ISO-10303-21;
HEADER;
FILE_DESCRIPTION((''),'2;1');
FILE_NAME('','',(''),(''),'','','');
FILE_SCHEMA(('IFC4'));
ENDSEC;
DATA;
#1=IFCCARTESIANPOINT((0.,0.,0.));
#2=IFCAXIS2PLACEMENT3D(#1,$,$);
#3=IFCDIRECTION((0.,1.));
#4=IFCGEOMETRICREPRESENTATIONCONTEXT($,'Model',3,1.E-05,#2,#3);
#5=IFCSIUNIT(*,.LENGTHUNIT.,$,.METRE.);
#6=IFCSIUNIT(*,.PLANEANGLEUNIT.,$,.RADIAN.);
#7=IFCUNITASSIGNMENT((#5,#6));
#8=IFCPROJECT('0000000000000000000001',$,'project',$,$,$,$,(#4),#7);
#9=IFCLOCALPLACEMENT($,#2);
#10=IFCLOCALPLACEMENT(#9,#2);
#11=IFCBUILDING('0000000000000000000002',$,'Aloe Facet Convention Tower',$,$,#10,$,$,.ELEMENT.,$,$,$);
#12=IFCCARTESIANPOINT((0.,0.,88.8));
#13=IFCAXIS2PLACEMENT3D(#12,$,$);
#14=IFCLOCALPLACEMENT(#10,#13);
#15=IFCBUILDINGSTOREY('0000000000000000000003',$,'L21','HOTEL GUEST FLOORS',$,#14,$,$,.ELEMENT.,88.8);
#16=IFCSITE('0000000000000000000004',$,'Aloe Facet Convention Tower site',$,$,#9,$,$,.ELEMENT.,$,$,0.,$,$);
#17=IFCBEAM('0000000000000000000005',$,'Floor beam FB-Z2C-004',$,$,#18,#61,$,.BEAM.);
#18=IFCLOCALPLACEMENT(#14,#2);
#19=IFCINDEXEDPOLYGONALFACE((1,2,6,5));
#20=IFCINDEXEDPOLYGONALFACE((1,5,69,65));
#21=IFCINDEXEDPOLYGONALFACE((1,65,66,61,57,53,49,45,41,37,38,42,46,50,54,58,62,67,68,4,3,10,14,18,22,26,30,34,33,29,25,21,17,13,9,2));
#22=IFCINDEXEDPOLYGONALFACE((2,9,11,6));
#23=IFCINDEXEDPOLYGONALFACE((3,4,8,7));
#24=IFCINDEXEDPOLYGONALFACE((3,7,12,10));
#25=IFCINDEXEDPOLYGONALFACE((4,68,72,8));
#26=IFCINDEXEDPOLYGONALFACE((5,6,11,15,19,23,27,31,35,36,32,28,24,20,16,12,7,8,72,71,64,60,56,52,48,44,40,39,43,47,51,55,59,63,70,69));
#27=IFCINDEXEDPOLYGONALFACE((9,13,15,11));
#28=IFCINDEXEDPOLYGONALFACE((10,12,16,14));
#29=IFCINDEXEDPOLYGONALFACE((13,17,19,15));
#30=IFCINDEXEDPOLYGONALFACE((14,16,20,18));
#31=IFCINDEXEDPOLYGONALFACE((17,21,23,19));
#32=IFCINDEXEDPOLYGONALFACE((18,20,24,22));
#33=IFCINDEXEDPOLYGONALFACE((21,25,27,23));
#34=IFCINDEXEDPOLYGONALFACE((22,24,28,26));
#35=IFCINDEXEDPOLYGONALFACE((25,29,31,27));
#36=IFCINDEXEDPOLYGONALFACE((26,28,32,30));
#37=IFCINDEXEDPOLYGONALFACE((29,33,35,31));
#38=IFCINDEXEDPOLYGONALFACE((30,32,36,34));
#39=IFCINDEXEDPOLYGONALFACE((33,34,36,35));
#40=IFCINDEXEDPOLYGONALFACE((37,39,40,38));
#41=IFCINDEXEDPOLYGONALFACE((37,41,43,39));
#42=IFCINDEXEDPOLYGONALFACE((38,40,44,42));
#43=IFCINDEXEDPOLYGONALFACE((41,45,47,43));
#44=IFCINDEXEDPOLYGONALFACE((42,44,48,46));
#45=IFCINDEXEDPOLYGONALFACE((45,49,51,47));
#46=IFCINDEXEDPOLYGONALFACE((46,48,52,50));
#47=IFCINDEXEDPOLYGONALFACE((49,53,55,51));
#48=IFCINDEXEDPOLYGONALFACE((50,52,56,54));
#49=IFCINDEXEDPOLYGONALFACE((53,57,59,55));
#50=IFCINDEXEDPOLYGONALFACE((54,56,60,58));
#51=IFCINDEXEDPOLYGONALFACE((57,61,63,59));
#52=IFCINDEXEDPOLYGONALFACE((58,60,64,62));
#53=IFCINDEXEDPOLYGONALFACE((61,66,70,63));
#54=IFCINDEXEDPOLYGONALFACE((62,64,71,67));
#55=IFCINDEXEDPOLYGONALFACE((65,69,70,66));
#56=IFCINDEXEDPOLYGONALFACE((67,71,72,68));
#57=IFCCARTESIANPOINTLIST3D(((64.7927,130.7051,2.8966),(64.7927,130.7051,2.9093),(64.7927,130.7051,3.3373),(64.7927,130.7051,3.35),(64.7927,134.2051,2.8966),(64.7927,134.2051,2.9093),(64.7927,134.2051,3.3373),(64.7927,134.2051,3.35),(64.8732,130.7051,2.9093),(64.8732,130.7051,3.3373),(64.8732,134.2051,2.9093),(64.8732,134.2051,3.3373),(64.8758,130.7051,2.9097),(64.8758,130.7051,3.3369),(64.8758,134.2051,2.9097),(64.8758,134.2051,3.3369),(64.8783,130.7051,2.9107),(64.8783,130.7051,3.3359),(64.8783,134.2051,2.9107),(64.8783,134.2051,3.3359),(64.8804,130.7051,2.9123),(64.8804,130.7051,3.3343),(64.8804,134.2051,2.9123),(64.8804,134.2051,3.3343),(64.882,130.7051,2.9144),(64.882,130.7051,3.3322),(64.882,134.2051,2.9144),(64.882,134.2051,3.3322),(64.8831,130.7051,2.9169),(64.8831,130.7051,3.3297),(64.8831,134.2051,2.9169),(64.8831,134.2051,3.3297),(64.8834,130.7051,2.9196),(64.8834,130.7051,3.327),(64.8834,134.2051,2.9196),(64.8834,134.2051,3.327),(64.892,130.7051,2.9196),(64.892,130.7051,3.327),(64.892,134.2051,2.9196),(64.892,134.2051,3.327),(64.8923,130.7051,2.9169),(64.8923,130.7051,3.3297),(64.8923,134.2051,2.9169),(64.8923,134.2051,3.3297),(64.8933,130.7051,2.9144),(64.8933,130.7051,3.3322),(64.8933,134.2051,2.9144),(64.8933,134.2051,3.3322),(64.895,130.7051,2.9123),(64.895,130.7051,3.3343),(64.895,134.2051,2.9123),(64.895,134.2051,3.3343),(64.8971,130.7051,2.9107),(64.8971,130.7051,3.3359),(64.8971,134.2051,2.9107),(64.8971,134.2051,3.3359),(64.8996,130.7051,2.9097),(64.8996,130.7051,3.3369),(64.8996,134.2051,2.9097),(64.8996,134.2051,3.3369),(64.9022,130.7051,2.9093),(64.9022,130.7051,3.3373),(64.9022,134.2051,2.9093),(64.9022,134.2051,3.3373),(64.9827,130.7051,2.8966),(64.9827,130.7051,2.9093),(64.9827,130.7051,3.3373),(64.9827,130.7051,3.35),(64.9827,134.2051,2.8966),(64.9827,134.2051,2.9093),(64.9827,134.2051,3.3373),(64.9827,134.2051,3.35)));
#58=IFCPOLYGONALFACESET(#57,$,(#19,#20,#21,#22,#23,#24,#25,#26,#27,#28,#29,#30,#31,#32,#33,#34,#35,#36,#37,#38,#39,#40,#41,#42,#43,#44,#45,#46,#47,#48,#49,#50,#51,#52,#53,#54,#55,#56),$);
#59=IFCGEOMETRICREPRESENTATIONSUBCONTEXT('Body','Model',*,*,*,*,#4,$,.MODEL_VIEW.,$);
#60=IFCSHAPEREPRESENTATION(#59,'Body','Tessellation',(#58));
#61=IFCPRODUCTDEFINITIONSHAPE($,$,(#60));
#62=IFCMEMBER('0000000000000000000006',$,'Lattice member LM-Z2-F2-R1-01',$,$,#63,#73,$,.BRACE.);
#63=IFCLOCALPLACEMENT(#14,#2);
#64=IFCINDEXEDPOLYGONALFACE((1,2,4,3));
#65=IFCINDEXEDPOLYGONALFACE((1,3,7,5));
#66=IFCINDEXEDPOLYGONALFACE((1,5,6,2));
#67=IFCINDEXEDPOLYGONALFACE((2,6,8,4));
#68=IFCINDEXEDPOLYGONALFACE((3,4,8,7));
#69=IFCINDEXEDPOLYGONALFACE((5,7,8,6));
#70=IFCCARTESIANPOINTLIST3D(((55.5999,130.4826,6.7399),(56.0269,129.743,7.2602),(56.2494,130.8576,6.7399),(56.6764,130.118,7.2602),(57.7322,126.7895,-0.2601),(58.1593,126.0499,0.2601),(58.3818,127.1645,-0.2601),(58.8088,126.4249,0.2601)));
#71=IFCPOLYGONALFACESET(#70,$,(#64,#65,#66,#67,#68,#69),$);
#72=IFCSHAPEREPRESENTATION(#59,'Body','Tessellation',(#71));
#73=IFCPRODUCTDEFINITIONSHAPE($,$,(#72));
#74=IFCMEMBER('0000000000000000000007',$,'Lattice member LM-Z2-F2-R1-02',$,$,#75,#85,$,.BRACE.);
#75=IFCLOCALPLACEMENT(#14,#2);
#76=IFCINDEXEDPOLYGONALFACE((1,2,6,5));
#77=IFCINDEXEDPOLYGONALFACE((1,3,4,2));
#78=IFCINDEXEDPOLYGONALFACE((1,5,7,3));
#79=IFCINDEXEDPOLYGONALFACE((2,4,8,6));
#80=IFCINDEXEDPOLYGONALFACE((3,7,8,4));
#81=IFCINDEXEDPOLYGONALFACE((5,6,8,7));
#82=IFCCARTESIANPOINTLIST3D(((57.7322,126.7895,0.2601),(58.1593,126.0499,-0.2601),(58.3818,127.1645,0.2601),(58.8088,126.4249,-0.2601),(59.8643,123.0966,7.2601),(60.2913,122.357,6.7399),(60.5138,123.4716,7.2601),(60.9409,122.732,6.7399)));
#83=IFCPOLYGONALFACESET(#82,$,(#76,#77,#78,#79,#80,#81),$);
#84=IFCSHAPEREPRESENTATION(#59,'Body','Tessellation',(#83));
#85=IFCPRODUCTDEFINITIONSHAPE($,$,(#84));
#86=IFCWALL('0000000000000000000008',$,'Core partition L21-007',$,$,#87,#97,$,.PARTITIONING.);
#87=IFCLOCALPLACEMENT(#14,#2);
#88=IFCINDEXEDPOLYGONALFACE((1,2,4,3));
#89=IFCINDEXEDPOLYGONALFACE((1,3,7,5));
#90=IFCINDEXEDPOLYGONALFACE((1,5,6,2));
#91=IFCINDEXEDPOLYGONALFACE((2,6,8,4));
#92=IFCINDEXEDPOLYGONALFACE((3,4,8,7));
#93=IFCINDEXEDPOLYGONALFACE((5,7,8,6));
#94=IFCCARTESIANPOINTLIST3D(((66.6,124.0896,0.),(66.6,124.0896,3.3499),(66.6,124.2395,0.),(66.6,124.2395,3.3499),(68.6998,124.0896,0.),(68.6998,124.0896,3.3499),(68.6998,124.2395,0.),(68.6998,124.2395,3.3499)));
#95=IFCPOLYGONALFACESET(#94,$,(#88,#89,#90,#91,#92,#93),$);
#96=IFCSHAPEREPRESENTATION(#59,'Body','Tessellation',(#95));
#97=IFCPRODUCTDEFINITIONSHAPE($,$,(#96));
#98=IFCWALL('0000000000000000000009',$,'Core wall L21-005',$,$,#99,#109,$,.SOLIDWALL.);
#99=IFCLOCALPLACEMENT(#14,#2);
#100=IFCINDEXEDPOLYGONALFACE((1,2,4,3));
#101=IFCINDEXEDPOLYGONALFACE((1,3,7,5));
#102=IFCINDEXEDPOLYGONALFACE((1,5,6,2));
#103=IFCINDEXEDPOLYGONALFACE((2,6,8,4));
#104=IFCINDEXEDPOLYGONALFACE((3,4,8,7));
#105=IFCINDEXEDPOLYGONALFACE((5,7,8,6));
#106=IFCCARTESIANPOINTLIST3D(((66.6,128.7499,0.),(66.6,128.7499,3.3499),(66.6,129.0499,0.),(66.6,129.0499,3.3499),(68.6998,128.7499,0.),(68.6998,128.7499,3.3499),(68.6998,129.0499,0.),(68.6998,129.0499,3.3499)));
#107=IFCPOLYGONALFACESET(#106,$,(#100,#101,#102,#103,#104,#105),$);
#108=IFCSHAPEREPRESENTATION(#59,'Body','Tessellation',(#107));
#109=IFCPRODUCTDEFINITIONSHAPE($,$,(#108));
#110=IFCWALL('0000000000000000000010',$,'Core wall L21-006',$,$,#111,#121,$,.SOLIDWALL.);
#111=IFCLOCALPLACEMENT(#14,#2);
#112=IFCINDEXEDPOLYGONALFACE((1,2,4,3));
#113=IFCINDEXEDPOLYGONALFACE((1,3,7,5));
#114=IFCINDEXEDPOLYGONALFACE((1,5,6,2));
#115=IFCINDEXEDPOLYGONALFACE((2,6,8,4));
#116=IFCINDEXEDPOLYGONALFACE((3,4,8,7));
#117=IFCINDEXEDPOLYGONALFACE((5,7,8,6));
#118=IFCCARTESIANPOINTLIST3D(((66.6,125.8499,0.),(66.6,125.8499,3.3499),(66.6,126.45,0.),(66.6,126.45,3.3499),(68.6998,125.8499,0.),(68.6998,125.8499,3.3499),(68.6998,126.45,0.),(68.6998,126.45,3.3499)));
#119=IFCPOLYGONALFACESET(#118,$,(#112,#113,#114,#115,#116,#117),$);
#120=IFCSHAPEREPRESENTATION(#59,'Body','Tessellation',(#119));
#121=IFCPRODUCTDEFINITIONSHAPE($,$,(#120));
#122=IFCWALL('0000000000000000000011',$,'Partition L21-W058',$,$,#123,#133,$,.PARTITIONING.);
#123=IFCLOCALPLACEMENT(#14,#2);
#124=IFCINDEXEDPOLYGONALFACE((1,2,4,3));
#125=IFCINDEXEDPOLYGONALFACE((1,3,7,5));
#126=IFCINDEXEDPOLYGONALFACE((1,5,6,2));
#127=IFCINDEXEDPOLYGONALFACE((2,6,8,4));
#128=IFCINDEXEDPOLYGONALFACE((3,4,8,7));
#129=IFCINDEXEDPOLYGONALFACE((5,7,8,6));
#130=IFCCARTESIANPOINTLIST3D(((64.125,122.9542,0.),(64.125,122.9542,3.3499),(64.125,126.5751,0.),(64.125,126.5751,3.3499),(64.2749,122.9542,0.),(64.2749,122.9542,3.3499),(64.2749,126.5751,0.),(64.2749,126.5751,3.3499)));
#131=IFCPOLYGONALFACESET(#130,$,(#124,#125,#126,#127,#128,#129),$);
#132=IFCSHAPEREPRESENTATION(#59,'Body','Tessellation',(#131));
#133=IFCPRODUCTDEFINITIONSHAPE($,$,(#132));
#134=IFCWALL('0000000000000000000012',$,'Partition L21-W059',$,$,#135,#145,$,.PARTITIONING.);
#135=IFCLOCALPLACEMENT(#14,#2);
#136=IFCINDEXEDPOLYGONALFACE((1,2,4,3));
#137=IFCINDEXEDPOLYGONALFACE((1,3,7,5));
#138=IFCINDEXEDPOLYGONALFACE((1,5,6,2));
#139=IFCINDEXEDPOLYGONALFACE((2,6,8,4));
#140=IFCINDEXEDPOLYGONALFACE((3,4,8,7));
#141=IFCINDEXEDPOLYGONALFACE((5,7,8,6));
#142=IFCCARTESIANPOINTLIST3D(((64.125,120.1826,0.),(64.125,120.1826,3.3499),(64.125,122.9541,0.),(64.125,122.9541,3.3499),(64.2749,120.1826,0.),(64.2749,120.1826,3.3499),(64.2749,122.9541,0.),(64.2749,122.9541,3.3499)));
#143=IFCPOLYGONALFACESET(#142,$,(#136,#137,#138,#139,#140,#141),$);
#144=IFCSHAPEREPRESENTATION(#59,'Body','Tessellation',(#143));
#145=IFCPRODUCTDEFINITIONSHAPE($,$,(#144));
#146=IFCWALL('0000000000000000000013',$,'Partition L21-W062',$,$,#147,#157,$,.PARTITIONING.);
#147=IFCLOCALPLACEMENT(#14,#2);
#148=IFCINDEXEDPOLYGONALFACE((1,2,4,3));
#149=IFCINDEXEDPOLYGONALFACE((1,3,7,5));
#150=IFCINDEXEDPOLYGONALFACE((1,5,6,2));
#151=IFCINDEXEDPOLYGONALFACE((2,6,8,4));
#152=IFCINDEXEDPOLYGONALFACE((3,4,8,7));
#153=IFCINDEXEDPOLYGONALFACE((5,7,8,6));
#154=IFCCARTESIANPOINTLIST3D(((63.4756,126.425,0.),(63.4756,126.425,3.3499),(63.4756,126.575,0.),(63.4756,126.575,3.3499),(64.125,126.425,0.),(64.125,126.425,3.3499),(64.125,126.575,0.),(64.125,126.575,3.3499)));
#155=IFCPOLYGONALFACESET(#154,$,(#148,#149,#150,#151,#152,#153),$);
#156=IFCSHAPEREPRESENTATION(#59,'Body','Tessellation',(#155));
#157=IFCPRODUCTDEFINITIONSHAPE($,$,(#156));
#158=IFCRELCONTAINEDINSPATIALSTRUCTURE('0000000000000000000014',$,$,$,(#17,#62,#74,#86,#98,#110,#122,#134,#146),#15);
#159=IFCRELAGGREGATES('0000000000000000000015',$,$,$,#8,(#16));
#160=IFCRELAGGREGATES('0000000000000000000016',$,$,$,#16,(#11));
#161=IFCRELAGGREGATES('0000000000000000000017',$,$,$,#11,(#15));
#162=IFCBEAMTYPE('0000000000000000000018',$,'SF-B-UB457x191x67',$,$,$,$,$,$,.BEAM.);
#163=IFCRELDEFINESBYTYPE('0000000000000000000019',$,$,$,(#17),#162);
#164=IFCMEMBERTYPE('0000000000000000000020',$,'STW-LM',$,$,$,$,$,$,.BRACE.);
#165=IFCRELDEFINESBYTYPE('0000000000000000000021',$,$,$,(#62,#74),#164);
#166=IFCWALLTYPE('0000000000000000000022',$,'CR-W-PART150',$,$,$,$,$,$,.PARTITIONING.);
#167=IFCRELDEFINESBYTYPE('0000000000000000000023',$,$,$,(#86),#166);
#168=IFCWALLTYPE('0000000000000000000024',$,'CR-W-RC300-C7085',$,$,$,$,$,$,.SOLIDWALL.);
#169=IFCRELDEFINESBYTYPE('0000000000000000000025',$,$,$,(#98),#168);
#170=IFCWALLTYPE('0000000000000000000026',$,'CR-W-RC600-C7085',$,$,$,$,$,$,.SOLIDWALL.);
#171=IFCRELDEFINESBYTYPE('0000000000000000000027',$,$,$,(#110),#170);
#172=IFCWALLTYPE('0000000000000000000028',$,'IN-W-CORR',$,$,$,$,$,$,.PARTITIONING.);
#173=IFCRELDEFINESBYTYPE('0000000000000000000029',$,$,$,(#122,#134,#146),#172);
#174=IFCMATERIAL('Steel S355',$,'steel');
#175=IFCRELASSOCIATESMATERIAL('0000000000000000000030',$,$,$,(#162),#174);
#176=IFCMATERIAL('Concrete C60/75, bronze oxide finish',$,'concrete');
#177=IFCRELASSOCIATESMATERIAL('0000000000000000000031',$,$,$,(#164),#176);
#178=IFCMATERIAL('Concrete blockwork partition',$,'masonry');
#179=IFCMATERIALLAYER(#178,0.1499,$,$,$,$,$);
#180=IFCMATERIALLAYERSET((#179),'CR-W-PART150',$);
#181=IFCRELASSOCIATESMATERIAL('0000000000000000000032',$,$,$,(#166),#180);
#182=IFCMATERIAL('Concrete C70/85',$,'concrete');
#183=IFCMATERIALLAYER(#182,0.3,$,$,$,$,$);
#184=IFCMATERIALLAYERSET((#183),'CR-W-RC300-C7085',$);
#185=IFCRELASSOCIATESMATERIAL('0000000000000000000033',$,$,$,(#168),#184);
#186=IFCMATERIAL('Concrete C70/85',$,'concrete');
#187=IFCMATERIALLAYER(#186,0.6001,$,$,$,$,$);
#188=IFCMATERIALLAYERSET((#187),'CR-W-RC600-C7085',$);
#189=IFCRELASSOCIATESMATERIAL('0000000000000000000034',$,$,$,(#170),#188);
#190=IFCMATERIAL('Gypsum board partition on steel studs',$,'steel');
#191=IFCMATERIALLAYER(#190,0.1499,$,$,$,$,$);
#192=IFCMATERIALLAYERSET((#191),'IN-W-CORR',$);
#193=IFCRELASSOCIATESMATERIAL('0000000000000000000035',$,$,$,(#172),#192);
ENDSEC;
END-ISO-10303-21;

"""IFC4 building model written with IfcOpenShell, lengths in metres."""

from ifc_helpers import new_model, si_unit, direction, frame, frame_2d, origin, origin_2d, place, context, subcontext, project, spatial, rectangle, i_section, extrude, material, layer, layer_set, material_profile, profile_set, type_object, element, save


model = new_model("IFC4")

# Units and contexts
model_context = context("Model", 3, precision=1e-05, world=origin(), true_north=direction((0.0, 1.0)))
body_context = subcontext(model_context, "Body", "Model", "MODEL_VIEW")
ifc_project = project(units=[si_unit("LENGTHUNIT", "METRE"), si_unit("PLANEANGLEUNIT", "RADIAN")], contexts=[model_context])

# Site, building, storey
site_placement = place(None, origin())
site = spatial("IfcSite", under=ifc_project, at=site_placement, Name="Aloe Facet Convention Tower site", CompositionType="ELEMENT", RefElevation=0.0)
building_placement = place(site_placement, origin())
building = spatial("IfcBuilding", under=site, at=building_placement, Name="Aloe Facet Convention Tower", CompositionType="ELEMENT")
storey_placement = place(building_placement, frame((0.0, 0.0, 88.8)))
storey = spatial("IfcBuildingStorey", under=building, at=storey_placement, Name="L21", Description="HOTEL GUEST FLOORS", CompositionType="ELEMENT", Elevation=88.8)

# Beam
ifc_material_1 = material(Name="Steel S355", Category="steel")
ifc_material_profile_1 = material_profile(ifc_material_1, i_section(OverallWidth=0.1899, OverallDepth=0.4534, WebThickness=0.0085, FlangeThickness=0.0127, FilletRadius=0.0103, at=origin_2d()), Name="UB 457x191x67")
ifc_profile_set_1 = profile_set([ifc_material_profile_1], Name="Steel S355")
beam_type_1 = type_object("IfcBeamType", Name="SF-B-UB457x191x67", PredefinedType="BEAM", material=ifc_profile_set_1)
beam_1_placement = place(storey_placement, frame((64.8877, 130.7051, 3.1233), z_axis=(0.0, 1.0, 0.0), x_axis=(-1.0, 0.0, 0.0)))
element("IfcBeam", 1, at=beam_1_placement, inside=storey, type_object=beam_type_1, Name="Floor beam FB-Z2C-004", PredefinedType="BEAM", context=body_context, shape_type="SweptSolid", body=[
    extrude(i_section(OverallWidth=0.1899, OverallDepth=0.4534, WebThickness=0.0085, FlangeThickness=0.0127, FilletRadius=0.0103, at=origin_2d()), origin(), (0.0, 0.0, 1.0), 3.5),
])

# Members
ifc_material_2 = material(Name="Concrete C60/75, bronze oxide finish", Category="concrete")
ifc_material_profile_2 = material_profile(ifc_material_2, rectangle(XDim=0.75, YDim=1.0, at=origin_2d()), Name="STW-LM")
ifc_profile_set_2 = profile_set([ifc_material_profile_2], Name="Concrete C60/75, bronze oxide finish")
member_type = type_object("IfcMemberType", Name="STW-LM", PredefinedType="BRACE", material=ifc_profile_set_2)
member_1_placement = place(storey_placement, frame((58.2705, 126.6072, 0.0), z_axis=(-0.260144, 0.450561, 0.854002), x_axis=(-0.866015, -0.500018, 0.0)))
element("IfcMember", 2, at=member_1_placement, inside=storey, type_object=member_type, Name="Lattice member LM-Z2-F2-R1-01", PredefinedType="BRACE", context=body_context, shape_type="SweptSolid", body=[
    extrude(rectangle(XDim=0.75, YDim=1.0, at=origin_2d()), origin(), (0.0, 0.0, 1.0), 8.1968),
])
member_2_placement = place(storey_placement, frame((58.2705, 126.6072, 0.0), z_axis=(0.26012, -0.450541, 0.85402), x_axis=(0.866025, 0.5, 0.0)))
element("IfcMember", 3, at=member_2_placement, inside=storey, type_object=member_type, Name="Lattice member LM-Z2-F2-R1-02", PredefinedType="BRACE", context=body_context, shape_type="SweptSolid", body=[
    extrude(rectangle(XDim=0.75, YDim=1.0, at=origin_2d()), origin(), (0.0, 0.0, 1.0), 8.1965),
])

# Walls
ifc_material_3 = material(Name="Concrete blockwork partition", Category="masonry")
ifc_layer_1 = layer(ifc_material_3, 0.1499)
ifc_layer_set_1 = layer_set([ifc_layer_1], Name="CR-W-PART150")
wall_type_1 = type_object("IfcWallType", Name="CR-W-PART150", PredefinedType="PARTITIONING", material=ifc_layer_set_1)
wall_1_placement = place(storey_placement, frame((66.6001, 124.1646, 0.0), z_axis=(0.0, 0.0, 1.0), x_axis=(1.0, 0.0, 0.0)))
element("IfcWall", 4, at=wall_1_placement, inside=storey, type_object=wall_type_1, Name="Core partition L21-007", PredefinedType="PARTITIONING", context=body_context, shape_type="SweptSolid", body=[
    extrude(rectangle(XDim=2.0999, YDim=0.1499, at=frame_2d((1.0498, 0.0))), origin(), (0.0, 0.0, 1.0), 3.3499),
])
ifc_material_4 = material(Name="Concrete C70/85", Category="concrete")
ifc_layer_2 = layer(ifc_material_4, 0.3)
ifc_layer_set_2 = layer_set([ifc_layer_2], Name="CR-W-RC300-C7085")
wall_type_2 = type_object("IfcWallType", Name="CR-W-RC300-C7085", PredefinedType="SOLIDWALL", material=ifc_layer_set_2)
wall_2_placement = place(storey_placement, frame((66.6001, 128.8999, 0.0), z_axis=(0.0, 0.0, 1.0), x_axis=(1.0, 0.0, 0.0)))
element("IfcWall", 5, at=wall_2_placement, inside=storey, type_object=wall_type_2, Name="Core wall L21-005", PredefinedType="SOLIDWALL", context=body_context, shape_type="SweptSolid", body=[
    extrude(rectangle(XDim=2.0999, YDim=0.3, at=frame_2d((1.0498, 0.0))), origin(), (0.0, 0.0, 1.0), 3.3499),
])
ifc_material_5 = material(Name="Concrete C70/85", Category="concrete")
ifc_layer_3 = layer(ifc_material_5, 0.6001)
ifc_layer_set_3 = layer_set([ifc_layer_3], Name="CR-W-RC600-C7085")
wall_type_3 = type_object("IfcWallType", Name="CR-W-RC600-C7085", PredefinedType="SOLIDWALL", material=ifc_layer_set_3)
wall_3_placement = place(storey_placement, frame((66.6001, 126.1499, 0.0), z_axis=(0.0, 0.0, 1.0), x_axis=(1.0, 0.0, 0.0)))
element("IfcWall", 6, at=wall_3_placement, inside=storey, type_object=wall_type_3, Name="Core wall L21-006", PredefinedType="SOLIDWALL", context=body_context, shape_type="SweptSolid", body=[
    extrude(rectangle(XDim=2.0999, YDim=0.6001, at=frame_2d((1.0498, 0.0))), origin(), (0.0, 0.0, 1.0), 3.3499),
])

# Walls
ifc_material_6 = material(Name="Gypsum board partition on steel studs", Category="steel")
ifc_layer_4 = layer(ifc_material_6, 0.1499)
ifc_layer_set_4 = layer_set([ifc_layer_4], Name="IN-W-CORR")
wall_type_4 = type_object("IfcWallType", Name="IN-W-CORR", PredefinedType="PARTITIONING", material=ifc_layer_set_4)
wall_4_placement = place(storey_placement, frame((64.2, 122.9541, 0.0), z_axis=(0.0, 0.0, 1.0), x_axis=(0.0, 1.0, 0.0)))
element("IfcWall", 7, at=wall_4_placement, inside=storey, type_object=wall_type_4, Name="Partition L21-W058", PredefinedType="PARTITIONING", context=body_context, shape_type="SweptSolid", body=[
    extrude(rectangle(XDim=3.6208, YDim=0.1499, at=frame_2d((1.8105, 0.0))), origin(), (0.0, 0.0, 1.0), 3.3499),
])
wall_5_placement = place(storey_placement, frame((64.2, 122.9541, 0.0), z_axis=(0.0, 0.0, 1.0), x_axis=(0.0, -1.0, 0.0)))
element("IfcWall", 8, at=wall_5_placement, inside=storey, type_object=wall_type_4, Name="Partition L21-W059", PredefinedType="PARTITIONING", context=body_context, shape_type="SweptSolid", body=[
    extrude(rectangle(XDim=2.7715, YDim=0.1499, at=frame_2d((1.3857, 0.0))), origin(), (0.0, 0.0, 1.0), 3.3499),
])
wall_6_placement = place(storey_placement, frame((63.4756, 126.5, 0.0), z_axis=(0.0, 0.0, 1.0), x_axis=(1.0, 0.0, 0.0)))
element("IfcWall", 9, at=wall_6_placement, inside=storey, type_object=wall_type_4, Name="Partition L21-W062", PredefinedType="PARTITIONING", context=body_context, shape_type="SweptSolid", body=[
    extrude(rectangle(XDim=0.6494, YDim=0.1499, at=frame_2d((0.3247, 0.0))), origin(), (0.0, 0.0, 1.0), 3.3499),
])

save(model, "model.ifc")
